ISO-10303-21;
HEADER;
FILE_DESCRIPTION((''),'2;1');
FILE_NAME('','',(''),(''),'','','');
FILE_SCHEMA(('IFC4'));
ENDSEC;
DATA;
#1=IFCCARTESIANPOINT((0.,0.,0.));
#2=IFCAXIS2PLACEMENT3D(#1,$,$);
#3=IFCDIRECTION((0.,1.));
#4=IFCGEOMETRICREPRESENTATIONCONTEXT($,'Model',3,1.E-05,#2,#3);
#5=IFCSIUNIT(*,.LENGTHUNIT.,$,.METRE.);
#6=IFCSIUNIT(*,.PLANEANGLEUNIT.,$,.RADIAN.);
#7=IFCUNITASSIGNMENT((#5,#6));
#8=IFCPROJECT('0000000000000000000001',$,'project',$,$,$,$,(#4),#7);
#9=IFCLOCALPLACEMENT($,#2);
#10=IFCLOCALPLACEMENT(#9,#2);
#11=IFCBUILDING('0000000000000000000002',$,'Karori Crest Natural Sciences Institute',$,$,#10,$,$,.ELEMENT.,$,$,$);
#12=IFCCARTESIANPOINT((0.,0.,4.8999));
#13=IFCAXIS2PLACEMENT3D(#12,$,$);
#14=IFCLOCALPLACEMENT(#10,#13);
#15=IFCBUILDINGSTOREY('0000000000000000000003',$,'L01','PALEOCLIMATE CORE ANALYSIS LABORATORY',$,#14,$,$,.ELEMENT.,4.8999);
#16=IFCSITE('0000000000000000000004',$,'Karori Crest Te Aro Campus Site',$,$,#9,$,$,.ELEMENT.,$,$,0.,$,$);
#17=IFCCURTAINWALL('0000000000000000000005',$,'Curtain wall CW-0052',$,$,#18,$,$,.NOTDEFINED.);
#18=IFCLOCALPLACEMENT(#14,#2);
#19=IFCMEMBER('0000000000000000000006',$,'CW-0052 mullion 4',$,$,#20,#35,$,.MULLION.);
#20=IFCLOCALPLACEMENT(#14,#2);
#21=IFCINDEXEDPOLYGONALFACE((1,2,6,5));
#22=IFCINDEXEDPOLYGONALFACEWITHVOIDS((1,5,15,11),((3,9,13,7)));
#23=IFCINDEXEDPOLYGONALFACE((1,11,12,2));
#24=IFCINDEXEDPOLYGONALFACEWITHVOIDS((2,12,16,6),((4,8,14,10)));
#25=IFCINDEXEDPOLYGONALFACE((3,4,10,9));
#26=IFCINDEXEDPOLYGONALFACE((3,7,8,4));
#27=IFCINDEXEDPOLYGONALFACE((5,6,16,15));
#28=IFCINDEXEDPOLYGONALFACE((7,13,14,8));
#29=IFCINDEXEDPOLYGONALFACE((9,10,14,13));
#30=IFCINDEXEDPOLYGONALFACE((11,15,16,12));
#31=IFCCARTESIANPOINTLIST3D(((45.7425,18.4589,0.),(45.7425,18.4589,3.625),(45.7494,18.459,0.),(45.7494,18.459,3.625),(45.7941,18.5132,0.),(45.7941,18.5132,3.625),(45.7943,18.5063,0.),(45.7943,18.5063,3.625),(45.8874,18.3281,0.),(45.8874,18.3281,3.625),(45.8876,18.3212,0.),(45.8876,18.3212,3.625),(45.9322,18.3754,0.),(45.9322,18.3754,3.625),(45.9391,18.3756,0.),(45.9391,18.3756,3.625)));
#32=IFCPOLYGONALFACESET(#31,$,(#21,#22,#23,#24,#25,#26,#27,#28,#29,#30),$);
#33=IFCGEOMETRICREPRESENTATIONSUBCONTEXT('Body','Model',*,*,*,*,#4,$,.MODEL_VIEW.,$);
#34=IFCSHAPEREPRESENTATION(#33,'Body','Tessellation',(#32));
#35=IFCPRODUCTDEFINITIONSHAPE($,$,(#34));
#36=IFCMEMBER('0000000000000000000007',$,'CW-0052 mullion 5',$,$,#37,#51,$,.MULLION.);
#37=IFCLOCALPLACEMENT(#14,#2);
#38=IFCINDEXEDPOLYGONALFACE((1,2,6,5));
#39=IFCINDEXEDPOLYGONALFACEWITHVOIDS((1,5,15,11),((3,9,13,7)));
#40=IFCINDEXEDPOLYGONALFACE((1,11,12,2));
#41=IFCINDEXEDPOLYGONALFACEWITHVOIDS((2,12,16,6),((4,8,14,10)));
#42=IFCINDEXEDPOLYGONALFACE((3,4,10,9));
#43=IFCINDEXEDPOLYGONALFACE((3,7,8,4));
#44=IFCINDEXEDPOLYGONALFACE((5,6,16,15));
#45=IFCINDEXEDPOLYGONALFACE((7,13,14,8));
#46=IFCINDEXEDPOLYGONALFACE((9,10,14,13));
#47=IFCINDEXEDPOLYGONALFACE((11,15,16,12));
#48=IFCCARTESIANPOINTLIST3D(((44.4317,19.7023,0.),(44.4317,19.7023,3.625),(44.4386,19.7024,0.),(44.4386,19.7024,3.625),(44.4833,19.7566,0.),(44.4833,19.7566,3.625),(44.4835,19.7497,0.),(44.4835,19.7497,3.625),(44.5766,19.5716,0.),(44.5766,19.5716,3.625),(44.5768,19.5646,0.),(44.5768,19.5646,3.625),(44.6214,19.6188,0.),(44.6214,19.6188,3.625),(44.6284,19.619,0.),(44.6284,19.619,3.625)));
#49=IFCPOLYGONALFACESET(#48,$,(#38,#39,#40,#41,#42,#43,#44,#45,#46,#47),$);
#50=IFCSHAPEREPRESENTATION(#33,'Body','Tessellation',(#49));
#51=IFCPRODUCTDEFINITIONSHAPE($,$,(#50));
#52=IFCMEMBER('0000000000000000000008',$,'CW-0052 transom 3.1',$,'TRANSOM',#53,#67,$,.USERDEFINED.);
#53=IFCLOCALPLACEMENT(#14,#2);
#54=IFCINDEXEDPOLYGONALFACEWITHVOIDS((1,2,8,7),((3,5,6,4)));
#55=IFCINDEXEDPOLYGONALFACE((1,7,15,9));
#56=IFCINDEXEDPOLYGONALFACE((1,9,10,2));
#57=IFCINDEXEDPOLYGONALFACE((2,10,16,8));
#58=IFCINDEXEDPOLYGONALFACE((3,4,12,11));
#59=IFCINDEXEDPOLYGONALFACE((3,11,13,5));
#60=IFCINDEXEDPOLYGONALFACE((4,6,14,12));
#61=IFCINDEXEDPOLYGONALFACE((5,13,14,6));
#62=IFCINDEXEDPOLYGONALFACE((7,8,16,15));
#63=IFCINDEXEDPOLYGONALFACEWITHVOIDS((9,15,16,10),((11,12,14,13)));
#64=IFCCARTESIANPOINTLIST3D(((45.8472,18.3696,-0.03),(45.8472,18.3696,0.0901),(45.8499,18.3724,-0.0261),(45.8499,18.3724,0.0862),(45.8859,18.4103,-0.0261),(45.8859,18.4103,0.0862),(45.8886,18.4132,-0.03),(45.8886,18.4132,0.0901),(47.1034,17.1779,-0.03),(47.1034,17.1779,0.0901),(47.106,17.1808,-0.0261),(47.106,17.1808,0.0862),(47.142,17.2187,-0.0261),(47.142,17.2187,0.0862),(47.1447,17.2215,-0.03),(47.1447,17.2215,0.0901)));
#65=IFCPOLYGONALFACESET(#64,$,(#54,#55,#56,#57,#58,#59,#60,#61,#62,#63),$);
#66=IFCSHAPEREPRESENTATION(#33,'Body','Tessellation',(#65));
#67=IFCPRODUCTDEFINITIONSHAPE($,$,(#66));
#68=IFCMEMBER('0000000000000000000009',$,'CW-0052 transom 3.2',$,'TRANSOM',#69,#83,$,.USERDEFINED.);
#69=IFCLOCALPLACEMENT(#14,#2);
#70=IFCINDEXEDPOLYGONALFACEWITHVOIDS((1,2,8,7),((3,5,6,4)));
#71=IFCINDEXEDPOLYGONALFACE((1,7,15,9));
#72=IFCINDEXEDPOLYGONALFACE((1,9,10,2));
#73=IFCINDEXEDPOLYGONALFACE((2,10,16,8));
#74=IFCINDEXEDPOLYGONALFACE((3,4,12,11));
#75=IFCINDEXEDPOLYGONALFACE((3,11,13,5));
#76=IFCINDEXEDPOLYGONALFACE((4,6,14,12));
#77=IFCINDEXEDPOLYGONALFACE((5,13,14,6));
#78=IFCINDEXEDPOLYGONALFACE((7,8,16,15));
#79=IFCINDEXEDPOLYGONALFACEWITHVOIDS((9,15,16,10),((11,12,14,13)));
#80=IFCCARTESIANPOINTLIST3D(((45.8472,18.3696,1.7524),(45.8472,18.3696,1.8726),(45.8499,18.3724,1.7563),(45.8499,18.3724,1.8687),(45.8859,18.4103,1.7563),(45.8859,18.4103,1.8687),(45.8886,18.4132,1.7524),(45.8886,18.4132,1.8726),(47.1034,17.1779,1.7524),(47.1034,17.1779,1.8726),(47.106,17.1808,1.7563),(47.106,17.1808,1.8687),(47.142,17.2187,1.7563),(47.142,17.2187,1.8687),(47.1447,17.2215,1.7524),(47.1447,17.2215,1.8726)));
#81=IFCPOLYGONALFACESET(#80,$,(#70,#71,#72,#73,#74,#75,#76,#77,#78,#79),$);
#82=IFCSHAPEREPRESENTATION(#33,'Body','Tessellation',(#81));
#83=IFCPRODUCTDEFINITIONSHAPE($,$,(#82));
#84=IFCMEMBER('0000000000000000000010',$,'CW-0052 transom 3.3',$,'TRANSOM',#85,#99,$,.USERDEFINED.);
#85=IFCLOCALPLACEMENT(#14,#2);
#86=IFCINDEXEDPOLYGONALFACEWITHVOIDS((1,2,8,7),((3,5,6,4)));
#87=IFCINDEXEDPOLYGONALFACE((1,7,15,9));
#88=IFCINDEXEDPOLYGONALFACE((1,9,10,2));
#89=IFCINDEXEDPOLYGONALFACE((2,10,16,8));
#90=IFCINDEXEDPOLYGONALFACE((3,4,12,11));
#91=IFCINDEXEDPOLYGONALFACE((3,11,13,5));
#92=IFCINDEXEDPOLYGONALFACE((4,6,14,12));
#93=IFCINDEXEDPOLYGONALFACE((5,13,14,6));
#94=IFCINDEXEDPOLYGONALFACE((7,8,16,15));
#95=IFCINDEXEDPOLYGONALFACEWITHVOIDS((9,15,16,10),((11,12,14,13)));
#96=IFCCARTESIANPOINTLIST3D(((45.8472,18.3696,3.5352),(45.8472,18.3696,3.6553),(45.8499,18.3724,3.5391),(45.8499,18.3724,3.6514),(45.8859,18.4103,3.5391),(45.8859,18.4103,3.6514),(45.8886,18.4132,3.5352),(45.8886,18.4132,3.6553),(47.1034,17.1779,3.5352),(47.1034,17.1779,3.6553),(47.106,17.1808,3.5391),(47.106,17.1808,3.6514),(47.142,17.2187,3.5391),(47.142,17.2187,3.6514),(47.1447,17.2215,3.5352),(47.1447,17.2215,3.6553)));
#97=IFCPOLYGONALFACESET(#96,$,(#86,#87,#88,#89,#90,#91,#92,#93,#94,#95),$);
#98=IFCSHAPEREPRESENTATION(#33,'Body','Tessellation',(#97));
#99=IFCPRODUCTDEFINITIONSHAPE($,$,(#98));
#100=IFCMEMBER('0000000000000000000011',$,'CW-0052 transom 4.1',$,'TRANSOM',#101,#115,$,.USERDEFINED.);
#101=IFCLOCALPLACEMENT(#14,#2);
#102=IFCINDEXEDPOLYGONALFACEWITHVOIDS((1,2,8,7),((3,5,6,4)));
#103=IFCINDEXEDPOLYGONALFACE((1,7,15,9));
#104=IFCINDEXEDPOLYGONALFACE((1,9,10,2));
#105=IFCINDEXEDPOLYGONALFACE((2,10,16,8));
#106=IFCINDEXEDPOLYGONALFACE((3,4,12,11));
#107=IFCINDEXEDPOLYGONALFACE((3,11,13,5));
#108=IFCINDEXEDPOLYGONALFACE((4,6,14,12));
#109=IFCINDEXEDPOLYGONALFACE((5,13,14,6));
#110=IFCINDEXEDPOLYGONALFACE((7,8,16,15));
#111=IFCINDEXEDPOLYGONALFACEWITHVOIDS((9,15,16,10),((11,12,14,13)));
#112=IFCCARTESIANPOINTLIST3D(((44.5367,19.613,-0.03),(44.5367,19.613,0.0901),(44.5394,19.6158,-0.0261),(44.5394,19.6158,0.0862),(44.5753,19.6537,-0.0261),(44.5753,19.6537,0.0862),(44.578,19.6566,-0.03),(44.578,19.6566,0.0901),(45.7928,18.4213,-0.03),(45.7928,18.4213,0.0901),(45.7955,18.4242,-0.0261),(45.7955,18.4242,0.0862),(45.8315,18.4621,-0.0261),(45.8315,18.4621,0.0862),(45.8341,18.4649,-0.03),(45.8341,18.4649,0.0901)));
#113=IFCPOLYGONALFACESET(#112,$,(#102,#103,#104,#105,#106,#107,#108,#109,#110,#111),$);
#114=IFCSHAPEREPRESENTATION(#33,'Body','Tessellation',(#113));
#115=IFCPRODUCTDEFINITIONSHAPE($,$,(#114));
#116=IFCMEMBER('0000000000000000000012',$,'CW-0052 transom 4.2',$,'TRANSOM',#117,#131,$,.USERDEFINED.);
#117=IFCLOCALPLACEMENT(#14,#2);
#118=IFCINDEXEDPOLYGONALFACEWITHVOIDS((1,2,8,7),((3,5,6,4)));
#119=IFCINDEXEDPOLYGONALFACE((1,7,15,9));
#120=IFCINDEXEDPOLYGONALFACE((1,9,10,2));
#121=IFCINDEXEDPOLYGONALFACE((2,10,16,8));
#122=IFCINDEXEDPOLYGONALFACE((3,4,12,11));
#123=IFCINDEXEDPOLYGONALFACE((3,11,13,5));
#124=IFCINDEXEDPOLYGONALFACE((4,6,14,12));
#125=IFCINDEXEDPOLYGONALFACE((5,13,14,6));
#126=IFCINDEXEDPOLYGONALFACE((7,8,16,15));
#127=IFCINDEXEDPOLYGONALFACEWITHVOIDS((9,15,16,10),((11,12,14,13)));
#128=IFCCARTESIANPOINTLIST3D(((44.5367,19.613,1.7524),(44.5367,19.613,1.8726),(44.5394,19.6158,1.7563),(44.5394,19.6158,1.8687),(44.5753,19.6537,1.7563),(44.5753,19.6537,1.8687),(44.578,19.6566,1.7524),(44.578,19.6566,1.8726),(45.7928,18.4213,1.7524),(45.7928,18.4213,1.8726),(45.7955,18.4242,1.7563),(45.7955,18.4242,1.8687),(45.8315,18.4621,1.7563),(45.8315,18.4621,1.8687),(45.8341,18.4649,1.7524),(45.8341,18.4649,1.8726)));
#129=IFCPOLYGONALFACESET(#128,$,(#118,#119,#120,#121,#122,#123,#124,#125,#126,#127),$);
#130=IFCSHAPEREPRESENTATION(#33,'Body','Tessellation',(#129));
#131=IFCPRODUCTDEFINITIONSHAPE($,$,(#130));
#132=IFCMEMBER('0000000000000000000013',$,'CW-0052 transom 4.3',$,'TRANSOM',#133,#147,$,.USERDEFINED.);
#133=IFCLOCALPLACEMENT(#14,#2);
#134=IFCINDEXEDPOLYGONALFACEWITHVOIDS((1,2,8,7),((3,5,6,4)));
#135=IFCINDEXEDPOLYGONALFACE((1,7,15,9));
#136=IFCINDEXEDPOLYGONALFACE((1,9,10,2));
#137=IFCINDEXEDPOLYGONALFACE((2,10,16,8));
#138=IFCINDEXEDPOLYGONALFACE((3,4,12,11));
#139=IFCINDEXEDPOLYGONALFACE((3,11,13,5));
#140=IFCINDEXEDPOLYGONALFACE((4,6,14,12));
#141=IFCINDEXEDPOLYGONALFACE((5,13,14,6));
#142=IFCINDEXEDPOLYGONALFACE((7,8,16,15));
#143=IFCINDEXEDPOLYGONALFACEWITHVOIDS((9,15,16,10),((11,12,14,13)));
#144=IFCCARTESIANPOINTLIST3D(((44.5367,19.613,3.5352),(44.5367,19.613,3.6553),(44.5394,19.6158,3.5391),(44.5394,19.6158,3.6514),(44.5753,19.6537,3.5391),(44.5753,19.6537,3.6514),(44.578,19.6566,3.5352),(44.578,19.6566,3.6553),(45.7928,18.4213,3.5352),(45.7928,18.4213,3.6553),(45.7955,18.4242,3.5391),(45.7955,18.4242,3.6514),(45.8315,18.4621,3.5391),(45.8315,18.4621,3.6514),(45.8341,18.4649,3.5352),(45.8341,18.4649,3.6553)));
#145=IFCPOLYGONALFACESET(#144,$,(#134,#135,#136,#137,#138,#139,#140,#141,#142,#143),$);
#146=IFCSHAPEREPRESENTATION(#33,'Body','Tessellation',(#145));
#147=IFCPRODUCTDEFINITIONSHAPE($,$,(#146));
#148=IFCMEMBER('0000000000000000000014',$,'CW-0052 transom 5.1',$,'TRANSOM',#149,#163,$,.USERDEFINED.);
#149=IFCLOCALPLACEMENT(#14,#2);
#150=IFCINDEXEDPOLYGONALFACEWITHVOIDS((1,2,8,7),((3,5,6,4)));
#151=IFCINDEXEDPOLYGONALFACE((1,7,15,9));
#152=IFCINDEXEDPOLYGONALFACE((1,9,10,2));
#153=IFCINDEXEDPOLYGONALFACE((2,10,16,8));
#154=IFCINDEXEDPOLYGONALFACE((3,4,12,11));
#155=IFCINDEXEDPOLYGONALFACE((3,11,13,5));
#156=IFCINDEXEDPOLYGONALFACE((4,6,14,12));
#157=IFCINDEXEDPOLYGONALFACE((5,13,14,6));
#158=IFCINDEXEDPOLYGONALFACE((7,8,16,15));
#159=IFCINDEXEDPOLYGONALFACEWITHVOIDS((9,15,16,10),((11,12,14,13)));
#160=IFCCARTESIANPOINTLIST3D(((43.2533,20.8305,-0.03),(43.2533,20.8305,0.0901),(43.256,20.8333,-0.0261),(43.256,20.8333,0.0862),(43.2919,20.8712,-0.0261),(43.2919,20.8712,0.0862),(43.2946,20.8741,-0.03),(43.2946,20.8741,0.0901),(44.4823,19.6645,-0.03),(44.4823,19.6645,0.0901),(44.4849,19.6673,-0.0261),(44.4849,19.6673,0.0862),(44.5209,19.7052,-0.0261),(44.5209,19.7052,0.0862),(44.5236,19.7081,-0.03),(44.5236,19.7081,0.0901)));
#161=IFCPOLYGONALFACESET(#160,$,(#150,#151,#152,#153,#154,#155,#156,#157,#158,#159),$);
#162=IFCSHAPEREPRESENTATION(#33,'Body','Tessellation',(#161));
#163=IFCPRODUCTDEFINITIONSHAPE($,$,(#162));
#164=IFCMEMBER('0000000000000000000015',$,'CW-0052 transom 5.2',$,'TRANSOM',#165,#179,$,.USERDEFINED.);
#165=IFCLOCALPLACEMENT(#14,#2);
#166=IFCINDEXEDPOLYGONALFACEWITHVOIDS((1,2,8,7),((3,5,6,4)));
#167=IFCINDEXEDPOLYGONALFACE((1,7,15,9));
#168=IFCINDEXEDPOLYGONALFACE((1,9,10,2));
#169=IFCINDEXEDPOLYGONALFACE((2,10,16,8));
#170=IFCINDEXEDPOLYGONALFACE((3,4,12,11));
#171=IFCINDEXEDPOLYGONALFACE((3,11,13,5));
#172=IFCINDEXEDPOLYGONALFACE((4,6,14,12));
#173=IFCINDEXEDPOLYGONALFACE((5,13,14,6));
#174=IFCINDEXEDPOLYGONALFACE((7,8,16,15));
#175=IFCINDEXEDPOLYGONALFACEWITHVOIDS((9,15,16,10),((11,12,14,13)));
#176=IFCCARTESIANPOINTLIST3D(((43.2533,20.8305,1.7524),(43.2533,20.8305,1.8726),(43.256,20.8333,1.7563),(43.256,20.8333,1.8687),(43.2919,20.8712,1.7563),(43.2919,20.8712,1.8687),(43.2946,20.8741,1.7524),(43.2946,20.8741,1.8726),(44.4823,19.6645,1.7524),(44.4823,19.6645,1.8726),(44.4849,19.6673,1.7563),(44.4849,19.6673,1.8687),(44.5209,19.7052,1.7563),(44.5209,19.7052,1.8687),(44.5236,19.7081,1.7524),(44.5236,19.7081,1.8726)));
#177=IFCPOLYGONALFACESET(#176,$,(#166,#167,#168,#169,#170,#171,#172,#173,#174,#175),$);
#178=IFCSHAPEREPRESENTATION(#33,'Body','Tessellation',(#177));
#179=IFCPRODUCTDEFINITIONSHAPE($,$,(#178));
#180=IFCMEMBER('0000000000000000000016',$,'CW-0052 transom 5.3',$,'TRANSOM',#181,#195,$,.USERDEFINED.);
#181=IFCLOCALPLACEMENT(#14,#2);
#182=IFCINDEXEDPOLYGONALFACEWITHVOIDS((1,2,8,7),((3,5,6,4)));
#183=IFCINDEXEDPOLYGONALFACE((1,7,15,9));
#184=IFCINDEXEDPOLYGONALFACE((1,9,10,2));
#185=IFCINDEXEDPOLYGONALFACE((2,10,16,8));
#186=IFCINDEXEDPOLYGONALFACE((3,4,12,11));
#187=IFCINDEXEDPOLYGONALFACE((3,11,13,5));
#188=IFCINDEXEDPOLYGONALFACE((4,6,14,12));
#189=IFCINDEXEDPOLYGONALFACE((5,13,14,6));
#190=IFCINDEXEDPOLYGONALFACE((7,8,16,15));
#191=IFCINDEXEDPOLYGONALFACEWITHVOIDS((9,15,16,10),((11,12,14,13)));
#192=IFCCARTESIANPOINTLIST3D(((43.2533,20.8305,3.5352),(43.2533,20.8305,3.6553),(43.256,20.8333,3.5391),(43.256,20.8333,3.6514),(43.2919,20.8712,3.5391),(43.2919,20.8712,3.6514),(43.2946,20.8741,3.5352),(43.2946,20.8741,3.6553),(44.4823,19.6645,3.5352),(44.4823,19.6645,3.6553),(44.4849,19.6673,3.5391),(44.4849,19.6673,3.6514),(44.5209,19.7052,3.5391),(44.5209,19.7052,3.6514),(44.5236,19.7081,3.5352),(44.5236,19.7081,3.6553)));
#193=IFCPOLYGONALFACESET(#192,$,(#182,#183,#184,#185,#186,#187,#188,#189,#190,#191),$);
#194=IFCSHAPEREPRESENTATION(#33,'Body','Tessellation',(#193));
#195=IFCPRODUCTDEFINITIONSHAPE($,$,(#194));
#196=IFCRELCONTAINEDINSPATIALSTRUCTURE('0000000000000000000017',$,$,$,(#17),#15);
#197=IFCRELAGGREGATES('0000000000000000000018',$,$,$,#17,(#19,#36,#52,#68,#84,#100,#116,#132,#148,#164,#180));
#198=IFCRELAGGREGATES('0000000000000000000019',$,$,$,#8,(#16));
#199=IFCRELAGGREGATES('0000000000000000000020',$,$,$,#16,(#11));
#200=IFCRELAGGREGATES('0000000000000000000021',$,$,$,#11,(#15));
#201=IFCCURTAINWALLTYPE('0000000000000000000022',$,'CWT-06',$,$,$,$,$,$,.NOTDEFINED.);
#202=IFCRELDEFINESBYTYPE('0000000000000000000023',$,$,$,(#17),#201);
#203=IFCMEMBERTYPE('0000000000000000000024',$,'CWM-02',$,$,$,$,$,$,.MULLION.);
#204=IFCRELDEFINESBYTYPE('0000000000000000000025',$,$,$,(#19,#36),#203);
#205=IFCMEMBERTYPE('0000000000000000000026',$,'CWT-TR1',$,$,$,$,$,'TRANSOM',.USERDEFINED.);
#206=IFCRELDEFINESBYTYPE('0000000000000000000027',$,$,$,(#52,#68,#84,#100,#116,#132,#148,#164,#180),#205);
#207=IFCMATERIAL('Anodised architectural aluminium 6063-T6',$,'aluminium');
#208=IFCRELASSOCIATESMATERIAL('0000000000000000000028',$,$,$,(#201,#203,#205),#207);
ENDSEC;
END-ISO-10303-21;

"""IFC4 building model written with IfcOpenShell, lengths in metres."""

from ifc_helpers import new_model, si_unit, direction, frame, origin, origin_2d, place, context, subcontext, project, spatial, hollow_rectangle, extrude, material, material_profile, profile_set, type_object, element, aggregate, save


model = new_model("IFC4")

# Units and contexts
model_context = context("Model", 3, precision=1e-05, world=origin(), true_north=direction((0.0, 1.0)))
body_context = subcontext(model_context, "Body", "Model", "MODEL_VIEW")
ifc_project = project(units=[si_unit("LENGTHUNIT", "METRE"), si_unit("PLANEANGLEUNIT", "RADIAN")], contexts=[model_context])

# Site, building, storey
site_placement = place(None, origin())
site = spatial("IfcSite", under=ifc_project, at=site_placement, Name="Karori Crest Te Aro Campus Site", CompositionType="ELEMENT", RefElevation=0.0)
building_placement = place(site_placement, origin())
building = spatial("IfcBuilding", under=site, at=building_placement, Name="Karori Crest Natural Sciences Institute", CompositionType="ELEMENT")
storey_placement = place(building_placement, frame((0.0, 0.0, 4.8999)))
storey = spatial("IfcBuildingStorey", under=building, at=storey_placement, Name="L01", Description="PALEOCLIMATE CORE ANALYSIS LABORATORY", CompositionType="ELEMENT", Elevation=4.8999)

# Curtain wall, members
ifc_material_1 = material(Name="Anodised architectural aluminium 6063-T6", Category="aluminium")
curtain_wall_type = type_object("IfcCurtainWallType", Name="CWT-06", PredefinedType="NOTDEFINED", material=ifc_material_1)
curtain_wall_placement = place(storey_placement, origin())
curtain_wall = element("IfcCurtainWall", 1, at=curtain_wall_placement, inside=storey, type_object=curtain_wall_type, Name="Curtain wall CW-0052", PredefinedType="NOTDEFINED")
ifc_material_profile_1 = material_profile(ifc_material_1, hollow_rectangle(XDim=0.075, YDim=0.2, WallThickness=0.0049, at=origin_2d()), Name="CWM200x75x5")
ifc_profile_set_1 = profile_set([ifc_material_profile_1], Name="Anodised architectural aluminium 6063-T6")
member_type_1 = type_object("IfcMemberType", Name="CWM-02", PredefinedType="MULLION", material=ifc_profile_set_1)
member_1_placement = place(storey_placement, frame((45.8408, 18.4172, 0.0), z_axis=(0.0, 0.0, 1.0), x_axis=(-0.688246, -0.725477, 0.0)))
member_1 = element("IfcMember", 2, at=member_1_placement, type_object=member_type_1, Name="CW-0052 mullion 4", PredefinedType="MULLION", context=body_context, shape_type="SweptSolid", body=[
    extrude(hollow_rectangle(XDim=0.075, YDim=0.2, WallThickness=0.0049, at=origin_2d()), origin(), (0.0, 0.0, 1.0), 3.625),
])
member_2_placement = place(storey_placement, frame((44.53, 19.6606, 0.0), z_axis=(0.0, 0.0, 1.0), x_axis=(-0.688246, -0.725477, 0.0)))
member_2 = element("IfcMember", 3, at=member_2_placement, type_object=member_type_1, Name="CW-0052 mullion 5", PredefinedType="MULLION", context=body_context, shape_type="SweptSolid", body=[
    extrude(hollow_rectangle(XDim=0.075, YDim=0.2, WallThickness=0.0049, at=origin_2d()), origin(), (0.0, 0.0, 1.0), 3.625),
])
ifc_material_profile_2 = material_profile(ifc_material_1, hollow_rectangle(XDim=0.0601, YDim=0.1201, WallThickness=0.0039, at=origin_2d()), Name="CWT120x60x4")
ifc_profile_set_2 = profile_set([ifc_material_profile_2], Name="Anodised architectural aluminium 6063-T6")
member_type_2 = type_object("IfcMemberType", Name="CWT-TR1", ElementType="TRANSOM", PredefinedType="USERDEFINED", material=ifc_profile_set_2)
member_3_placement = place(storey_placement, frame((47.124, 17.1997, 0.03), z_axis=(-0.725475, 0.688249, 0.0), x_axis=(-0.688249, -0.725475, 0.0)))
member_3 = element("IfcMember", 4, at=member_3_placement, type_object=member_type_2, Name="CW-0052 transom 3.1", ObjectType="TRANSOM", PredefinedType="USERDEFINED", context=body_context, shape_type="SweptSolid", body=[
    extrude(hollow_rectangle(XDim=0.0601, YDim=0.1201, WallThickness=0.0039, at=origin_2d()), origin(), (0.0, 0.0, 1.0), 1.7314),
])
member_4_placement = place(storey_placement, frame((47.124, 17.1997, 1.8125), z_axis=(-0.725475, 0.688249, 0.0), x_axis=(-0.688249, -0.725475, 0.0)))
member_4 = element("IfcMember", 5, at=member_4_placement, type_object=member_type_2, Name="CW-0052 transom 3.2", ObjectType="TRANSOM", PredefinedType="USERDEFINED", context=body_context, shape_type="SweptSolid", body=[
    extrude(hollow_rectangle(XDim=0.0601, YDim=0.1201, WallThickness=0.0039, at=origin_2d()), origin(), (0.0, 0.0, 1.0), 1.7314),
])
member_5_placement = place(storey_placement, frame((47.124, 17.1997, 3.5952), z_axis=(-0.725475, 0.688249, 0.0), x_axis=(-0.688249, -0.725475, 0.0)))
member_5 = element("IfcMember", 6, at=member_5_placement, type_object=member_type_2, Name="CW-0052 transom 3.3", ObjectType="TRANSOM", PredefinedType="USERDEFINED", context=body_context, shape_type="SweptSolid", body=[
    extrude(hollow_rectangle(XDim=0.0601, YDim=0.1201, WallThickness=0.0039, at=origin_2d()), origin(), (0.0, 0.0, 1.0), 1.7314),
])
member_6_placement = place(storey_placement, frame((45.8135, 18.4431, 0.03), z_axis=(-0.725475, 0.688249, 0.0), x_axis=(-0.688249, -0.725475, 0.0)))
member_6 = element("IfcMember", 7, at=member_6_placement, type_object=member_type_2, Name="CW-0052 transom 4.1", ObjectType="TRANSOM", PredefinedType="USERDEFINED", context=body_context, shape_type="SweptSolid", body=[
    extrude(hollow_rectangle(XDim=0.0601, YDim=0.1201, WallThickness=0.0039, at=origin_2d()), origin(), (0.0, 0.0, 1.0), 1.7314),
])
member_7_placement = place(storey_placement, frame((45.8135, 18.4431, 1.8125), z_axis=(-0.725475, 0.688249, 0.0), x_axis=(-0.688249, -0.725475, 0.0)))
member_7 = element("IfcMember", 8, at=member_7_placement, type_object=member_type_2, Name="CW-0052 transom 4.2", ObjectType="TRANSOM", PredefinedType="USERDEFINED", context=body_context, shape_type="SweptSolid", body=[
    extrude(hollow_rectangle(XDim=0.0601, YDim=0.1201, WallThickness=0.0039, at=origin_2d()), origin(), (0.0, 0.0, 1.0), 1.7314),
])
member_8_placement = place(storey_placement, frame((45.8135, 18.4431, 3.5952), z_axis=(-0.725475, 0.688249, 0.0), x_axis=(-0.688249, -0.725475, 0.0)))
member_8 = element("IfcMember", 9, at=member_8_placement, type_object=member_type_2, Name="CW-0052 transom 4.3", ObjectType="TRANSOM", PredefinedType="USERDEFINED", context=body_context, shape_type="SweptSolid", body=[
    extrude(hollow_rectangle(XDim=0.0601, YDim=0.1201, WallThickness=0.0039, at=origin_2d()), origin(), (0.0, 0.0, 1.0), 1.7314),
])
member_9_placement = place(storey_placement, frame((44.5029, 19.6863, 0.03), z_axis=(-0.725453, 0.688272, 0.0), x_axis=(-0.688272, -0.725453, 0.0)))
member_9 = element("IfcMember", 10, at=member_9_placement, type_object=member_type_2, Name="CW-0052 transom 5.1", ObjectType="TRANSOM", PredefinedType="USERDEFINED", context=body_context, shape_type="SweptSolid", body=[
    extrude(hollow_rectangle(XDim=0.0601, YDim=0.1201, WallThickness=0.0039, at=origin_2d()), origin(), (0.0, 0.0, 1.0), 1.6941),
])
member_10_placement = place(storey_placement, frame((44.5029, 19.6863, 1.8125), z_axis=(-0.725453, 0.688272, 0.0), x_axis=(-0.688272, -0.725453, 0.0)))
member_10 = element("IfcMember", 11, at=member_10_placement, type_object=member_type_2, Name="CW-0052 transom 5.2", ObjectType="TRANSOM", PredefinedType="USERDEFINED", context=body_context, shape_type="SweptSolid", body=[
    extrude(hollow_rectangle(XDim=0.0601, YDim=0.1201, WallThickness=0.0039, at=origin_2d()), origin(), (0.0, 0.0, 1.0), 1.6941),
])
member_11_placement = place(storey_placement, frame((44.5029, 19.6863, 3.5952), z_axis=(-0.725453, 0.688272, 0.0), x_axis=(-0.688272, -0.725453, 0.0)))
member_11 = element("IfcMember", 12, at=member_11_placement, type_object=member_type_2, Name="CW-0052 transom 5.3", ObjectType="TRANSOM", PredefinedType="USERDEFINED", context=body_context, shape_type="SweptSolid", body=[
    extrude(hollow_rectangle(XDim=0.0601, YDim=0.1201, WallThickness=0.0039, at=origin_2d()), origin(), (0.0, 0.0, 1.0), 1.6941),
])
aggregate(curtain_wall, [member_1, member_2, member_3, member_4, member_5, member_6, member_7, member_8, member_9, member_10, member_11])

save(model, "model.ifc")
